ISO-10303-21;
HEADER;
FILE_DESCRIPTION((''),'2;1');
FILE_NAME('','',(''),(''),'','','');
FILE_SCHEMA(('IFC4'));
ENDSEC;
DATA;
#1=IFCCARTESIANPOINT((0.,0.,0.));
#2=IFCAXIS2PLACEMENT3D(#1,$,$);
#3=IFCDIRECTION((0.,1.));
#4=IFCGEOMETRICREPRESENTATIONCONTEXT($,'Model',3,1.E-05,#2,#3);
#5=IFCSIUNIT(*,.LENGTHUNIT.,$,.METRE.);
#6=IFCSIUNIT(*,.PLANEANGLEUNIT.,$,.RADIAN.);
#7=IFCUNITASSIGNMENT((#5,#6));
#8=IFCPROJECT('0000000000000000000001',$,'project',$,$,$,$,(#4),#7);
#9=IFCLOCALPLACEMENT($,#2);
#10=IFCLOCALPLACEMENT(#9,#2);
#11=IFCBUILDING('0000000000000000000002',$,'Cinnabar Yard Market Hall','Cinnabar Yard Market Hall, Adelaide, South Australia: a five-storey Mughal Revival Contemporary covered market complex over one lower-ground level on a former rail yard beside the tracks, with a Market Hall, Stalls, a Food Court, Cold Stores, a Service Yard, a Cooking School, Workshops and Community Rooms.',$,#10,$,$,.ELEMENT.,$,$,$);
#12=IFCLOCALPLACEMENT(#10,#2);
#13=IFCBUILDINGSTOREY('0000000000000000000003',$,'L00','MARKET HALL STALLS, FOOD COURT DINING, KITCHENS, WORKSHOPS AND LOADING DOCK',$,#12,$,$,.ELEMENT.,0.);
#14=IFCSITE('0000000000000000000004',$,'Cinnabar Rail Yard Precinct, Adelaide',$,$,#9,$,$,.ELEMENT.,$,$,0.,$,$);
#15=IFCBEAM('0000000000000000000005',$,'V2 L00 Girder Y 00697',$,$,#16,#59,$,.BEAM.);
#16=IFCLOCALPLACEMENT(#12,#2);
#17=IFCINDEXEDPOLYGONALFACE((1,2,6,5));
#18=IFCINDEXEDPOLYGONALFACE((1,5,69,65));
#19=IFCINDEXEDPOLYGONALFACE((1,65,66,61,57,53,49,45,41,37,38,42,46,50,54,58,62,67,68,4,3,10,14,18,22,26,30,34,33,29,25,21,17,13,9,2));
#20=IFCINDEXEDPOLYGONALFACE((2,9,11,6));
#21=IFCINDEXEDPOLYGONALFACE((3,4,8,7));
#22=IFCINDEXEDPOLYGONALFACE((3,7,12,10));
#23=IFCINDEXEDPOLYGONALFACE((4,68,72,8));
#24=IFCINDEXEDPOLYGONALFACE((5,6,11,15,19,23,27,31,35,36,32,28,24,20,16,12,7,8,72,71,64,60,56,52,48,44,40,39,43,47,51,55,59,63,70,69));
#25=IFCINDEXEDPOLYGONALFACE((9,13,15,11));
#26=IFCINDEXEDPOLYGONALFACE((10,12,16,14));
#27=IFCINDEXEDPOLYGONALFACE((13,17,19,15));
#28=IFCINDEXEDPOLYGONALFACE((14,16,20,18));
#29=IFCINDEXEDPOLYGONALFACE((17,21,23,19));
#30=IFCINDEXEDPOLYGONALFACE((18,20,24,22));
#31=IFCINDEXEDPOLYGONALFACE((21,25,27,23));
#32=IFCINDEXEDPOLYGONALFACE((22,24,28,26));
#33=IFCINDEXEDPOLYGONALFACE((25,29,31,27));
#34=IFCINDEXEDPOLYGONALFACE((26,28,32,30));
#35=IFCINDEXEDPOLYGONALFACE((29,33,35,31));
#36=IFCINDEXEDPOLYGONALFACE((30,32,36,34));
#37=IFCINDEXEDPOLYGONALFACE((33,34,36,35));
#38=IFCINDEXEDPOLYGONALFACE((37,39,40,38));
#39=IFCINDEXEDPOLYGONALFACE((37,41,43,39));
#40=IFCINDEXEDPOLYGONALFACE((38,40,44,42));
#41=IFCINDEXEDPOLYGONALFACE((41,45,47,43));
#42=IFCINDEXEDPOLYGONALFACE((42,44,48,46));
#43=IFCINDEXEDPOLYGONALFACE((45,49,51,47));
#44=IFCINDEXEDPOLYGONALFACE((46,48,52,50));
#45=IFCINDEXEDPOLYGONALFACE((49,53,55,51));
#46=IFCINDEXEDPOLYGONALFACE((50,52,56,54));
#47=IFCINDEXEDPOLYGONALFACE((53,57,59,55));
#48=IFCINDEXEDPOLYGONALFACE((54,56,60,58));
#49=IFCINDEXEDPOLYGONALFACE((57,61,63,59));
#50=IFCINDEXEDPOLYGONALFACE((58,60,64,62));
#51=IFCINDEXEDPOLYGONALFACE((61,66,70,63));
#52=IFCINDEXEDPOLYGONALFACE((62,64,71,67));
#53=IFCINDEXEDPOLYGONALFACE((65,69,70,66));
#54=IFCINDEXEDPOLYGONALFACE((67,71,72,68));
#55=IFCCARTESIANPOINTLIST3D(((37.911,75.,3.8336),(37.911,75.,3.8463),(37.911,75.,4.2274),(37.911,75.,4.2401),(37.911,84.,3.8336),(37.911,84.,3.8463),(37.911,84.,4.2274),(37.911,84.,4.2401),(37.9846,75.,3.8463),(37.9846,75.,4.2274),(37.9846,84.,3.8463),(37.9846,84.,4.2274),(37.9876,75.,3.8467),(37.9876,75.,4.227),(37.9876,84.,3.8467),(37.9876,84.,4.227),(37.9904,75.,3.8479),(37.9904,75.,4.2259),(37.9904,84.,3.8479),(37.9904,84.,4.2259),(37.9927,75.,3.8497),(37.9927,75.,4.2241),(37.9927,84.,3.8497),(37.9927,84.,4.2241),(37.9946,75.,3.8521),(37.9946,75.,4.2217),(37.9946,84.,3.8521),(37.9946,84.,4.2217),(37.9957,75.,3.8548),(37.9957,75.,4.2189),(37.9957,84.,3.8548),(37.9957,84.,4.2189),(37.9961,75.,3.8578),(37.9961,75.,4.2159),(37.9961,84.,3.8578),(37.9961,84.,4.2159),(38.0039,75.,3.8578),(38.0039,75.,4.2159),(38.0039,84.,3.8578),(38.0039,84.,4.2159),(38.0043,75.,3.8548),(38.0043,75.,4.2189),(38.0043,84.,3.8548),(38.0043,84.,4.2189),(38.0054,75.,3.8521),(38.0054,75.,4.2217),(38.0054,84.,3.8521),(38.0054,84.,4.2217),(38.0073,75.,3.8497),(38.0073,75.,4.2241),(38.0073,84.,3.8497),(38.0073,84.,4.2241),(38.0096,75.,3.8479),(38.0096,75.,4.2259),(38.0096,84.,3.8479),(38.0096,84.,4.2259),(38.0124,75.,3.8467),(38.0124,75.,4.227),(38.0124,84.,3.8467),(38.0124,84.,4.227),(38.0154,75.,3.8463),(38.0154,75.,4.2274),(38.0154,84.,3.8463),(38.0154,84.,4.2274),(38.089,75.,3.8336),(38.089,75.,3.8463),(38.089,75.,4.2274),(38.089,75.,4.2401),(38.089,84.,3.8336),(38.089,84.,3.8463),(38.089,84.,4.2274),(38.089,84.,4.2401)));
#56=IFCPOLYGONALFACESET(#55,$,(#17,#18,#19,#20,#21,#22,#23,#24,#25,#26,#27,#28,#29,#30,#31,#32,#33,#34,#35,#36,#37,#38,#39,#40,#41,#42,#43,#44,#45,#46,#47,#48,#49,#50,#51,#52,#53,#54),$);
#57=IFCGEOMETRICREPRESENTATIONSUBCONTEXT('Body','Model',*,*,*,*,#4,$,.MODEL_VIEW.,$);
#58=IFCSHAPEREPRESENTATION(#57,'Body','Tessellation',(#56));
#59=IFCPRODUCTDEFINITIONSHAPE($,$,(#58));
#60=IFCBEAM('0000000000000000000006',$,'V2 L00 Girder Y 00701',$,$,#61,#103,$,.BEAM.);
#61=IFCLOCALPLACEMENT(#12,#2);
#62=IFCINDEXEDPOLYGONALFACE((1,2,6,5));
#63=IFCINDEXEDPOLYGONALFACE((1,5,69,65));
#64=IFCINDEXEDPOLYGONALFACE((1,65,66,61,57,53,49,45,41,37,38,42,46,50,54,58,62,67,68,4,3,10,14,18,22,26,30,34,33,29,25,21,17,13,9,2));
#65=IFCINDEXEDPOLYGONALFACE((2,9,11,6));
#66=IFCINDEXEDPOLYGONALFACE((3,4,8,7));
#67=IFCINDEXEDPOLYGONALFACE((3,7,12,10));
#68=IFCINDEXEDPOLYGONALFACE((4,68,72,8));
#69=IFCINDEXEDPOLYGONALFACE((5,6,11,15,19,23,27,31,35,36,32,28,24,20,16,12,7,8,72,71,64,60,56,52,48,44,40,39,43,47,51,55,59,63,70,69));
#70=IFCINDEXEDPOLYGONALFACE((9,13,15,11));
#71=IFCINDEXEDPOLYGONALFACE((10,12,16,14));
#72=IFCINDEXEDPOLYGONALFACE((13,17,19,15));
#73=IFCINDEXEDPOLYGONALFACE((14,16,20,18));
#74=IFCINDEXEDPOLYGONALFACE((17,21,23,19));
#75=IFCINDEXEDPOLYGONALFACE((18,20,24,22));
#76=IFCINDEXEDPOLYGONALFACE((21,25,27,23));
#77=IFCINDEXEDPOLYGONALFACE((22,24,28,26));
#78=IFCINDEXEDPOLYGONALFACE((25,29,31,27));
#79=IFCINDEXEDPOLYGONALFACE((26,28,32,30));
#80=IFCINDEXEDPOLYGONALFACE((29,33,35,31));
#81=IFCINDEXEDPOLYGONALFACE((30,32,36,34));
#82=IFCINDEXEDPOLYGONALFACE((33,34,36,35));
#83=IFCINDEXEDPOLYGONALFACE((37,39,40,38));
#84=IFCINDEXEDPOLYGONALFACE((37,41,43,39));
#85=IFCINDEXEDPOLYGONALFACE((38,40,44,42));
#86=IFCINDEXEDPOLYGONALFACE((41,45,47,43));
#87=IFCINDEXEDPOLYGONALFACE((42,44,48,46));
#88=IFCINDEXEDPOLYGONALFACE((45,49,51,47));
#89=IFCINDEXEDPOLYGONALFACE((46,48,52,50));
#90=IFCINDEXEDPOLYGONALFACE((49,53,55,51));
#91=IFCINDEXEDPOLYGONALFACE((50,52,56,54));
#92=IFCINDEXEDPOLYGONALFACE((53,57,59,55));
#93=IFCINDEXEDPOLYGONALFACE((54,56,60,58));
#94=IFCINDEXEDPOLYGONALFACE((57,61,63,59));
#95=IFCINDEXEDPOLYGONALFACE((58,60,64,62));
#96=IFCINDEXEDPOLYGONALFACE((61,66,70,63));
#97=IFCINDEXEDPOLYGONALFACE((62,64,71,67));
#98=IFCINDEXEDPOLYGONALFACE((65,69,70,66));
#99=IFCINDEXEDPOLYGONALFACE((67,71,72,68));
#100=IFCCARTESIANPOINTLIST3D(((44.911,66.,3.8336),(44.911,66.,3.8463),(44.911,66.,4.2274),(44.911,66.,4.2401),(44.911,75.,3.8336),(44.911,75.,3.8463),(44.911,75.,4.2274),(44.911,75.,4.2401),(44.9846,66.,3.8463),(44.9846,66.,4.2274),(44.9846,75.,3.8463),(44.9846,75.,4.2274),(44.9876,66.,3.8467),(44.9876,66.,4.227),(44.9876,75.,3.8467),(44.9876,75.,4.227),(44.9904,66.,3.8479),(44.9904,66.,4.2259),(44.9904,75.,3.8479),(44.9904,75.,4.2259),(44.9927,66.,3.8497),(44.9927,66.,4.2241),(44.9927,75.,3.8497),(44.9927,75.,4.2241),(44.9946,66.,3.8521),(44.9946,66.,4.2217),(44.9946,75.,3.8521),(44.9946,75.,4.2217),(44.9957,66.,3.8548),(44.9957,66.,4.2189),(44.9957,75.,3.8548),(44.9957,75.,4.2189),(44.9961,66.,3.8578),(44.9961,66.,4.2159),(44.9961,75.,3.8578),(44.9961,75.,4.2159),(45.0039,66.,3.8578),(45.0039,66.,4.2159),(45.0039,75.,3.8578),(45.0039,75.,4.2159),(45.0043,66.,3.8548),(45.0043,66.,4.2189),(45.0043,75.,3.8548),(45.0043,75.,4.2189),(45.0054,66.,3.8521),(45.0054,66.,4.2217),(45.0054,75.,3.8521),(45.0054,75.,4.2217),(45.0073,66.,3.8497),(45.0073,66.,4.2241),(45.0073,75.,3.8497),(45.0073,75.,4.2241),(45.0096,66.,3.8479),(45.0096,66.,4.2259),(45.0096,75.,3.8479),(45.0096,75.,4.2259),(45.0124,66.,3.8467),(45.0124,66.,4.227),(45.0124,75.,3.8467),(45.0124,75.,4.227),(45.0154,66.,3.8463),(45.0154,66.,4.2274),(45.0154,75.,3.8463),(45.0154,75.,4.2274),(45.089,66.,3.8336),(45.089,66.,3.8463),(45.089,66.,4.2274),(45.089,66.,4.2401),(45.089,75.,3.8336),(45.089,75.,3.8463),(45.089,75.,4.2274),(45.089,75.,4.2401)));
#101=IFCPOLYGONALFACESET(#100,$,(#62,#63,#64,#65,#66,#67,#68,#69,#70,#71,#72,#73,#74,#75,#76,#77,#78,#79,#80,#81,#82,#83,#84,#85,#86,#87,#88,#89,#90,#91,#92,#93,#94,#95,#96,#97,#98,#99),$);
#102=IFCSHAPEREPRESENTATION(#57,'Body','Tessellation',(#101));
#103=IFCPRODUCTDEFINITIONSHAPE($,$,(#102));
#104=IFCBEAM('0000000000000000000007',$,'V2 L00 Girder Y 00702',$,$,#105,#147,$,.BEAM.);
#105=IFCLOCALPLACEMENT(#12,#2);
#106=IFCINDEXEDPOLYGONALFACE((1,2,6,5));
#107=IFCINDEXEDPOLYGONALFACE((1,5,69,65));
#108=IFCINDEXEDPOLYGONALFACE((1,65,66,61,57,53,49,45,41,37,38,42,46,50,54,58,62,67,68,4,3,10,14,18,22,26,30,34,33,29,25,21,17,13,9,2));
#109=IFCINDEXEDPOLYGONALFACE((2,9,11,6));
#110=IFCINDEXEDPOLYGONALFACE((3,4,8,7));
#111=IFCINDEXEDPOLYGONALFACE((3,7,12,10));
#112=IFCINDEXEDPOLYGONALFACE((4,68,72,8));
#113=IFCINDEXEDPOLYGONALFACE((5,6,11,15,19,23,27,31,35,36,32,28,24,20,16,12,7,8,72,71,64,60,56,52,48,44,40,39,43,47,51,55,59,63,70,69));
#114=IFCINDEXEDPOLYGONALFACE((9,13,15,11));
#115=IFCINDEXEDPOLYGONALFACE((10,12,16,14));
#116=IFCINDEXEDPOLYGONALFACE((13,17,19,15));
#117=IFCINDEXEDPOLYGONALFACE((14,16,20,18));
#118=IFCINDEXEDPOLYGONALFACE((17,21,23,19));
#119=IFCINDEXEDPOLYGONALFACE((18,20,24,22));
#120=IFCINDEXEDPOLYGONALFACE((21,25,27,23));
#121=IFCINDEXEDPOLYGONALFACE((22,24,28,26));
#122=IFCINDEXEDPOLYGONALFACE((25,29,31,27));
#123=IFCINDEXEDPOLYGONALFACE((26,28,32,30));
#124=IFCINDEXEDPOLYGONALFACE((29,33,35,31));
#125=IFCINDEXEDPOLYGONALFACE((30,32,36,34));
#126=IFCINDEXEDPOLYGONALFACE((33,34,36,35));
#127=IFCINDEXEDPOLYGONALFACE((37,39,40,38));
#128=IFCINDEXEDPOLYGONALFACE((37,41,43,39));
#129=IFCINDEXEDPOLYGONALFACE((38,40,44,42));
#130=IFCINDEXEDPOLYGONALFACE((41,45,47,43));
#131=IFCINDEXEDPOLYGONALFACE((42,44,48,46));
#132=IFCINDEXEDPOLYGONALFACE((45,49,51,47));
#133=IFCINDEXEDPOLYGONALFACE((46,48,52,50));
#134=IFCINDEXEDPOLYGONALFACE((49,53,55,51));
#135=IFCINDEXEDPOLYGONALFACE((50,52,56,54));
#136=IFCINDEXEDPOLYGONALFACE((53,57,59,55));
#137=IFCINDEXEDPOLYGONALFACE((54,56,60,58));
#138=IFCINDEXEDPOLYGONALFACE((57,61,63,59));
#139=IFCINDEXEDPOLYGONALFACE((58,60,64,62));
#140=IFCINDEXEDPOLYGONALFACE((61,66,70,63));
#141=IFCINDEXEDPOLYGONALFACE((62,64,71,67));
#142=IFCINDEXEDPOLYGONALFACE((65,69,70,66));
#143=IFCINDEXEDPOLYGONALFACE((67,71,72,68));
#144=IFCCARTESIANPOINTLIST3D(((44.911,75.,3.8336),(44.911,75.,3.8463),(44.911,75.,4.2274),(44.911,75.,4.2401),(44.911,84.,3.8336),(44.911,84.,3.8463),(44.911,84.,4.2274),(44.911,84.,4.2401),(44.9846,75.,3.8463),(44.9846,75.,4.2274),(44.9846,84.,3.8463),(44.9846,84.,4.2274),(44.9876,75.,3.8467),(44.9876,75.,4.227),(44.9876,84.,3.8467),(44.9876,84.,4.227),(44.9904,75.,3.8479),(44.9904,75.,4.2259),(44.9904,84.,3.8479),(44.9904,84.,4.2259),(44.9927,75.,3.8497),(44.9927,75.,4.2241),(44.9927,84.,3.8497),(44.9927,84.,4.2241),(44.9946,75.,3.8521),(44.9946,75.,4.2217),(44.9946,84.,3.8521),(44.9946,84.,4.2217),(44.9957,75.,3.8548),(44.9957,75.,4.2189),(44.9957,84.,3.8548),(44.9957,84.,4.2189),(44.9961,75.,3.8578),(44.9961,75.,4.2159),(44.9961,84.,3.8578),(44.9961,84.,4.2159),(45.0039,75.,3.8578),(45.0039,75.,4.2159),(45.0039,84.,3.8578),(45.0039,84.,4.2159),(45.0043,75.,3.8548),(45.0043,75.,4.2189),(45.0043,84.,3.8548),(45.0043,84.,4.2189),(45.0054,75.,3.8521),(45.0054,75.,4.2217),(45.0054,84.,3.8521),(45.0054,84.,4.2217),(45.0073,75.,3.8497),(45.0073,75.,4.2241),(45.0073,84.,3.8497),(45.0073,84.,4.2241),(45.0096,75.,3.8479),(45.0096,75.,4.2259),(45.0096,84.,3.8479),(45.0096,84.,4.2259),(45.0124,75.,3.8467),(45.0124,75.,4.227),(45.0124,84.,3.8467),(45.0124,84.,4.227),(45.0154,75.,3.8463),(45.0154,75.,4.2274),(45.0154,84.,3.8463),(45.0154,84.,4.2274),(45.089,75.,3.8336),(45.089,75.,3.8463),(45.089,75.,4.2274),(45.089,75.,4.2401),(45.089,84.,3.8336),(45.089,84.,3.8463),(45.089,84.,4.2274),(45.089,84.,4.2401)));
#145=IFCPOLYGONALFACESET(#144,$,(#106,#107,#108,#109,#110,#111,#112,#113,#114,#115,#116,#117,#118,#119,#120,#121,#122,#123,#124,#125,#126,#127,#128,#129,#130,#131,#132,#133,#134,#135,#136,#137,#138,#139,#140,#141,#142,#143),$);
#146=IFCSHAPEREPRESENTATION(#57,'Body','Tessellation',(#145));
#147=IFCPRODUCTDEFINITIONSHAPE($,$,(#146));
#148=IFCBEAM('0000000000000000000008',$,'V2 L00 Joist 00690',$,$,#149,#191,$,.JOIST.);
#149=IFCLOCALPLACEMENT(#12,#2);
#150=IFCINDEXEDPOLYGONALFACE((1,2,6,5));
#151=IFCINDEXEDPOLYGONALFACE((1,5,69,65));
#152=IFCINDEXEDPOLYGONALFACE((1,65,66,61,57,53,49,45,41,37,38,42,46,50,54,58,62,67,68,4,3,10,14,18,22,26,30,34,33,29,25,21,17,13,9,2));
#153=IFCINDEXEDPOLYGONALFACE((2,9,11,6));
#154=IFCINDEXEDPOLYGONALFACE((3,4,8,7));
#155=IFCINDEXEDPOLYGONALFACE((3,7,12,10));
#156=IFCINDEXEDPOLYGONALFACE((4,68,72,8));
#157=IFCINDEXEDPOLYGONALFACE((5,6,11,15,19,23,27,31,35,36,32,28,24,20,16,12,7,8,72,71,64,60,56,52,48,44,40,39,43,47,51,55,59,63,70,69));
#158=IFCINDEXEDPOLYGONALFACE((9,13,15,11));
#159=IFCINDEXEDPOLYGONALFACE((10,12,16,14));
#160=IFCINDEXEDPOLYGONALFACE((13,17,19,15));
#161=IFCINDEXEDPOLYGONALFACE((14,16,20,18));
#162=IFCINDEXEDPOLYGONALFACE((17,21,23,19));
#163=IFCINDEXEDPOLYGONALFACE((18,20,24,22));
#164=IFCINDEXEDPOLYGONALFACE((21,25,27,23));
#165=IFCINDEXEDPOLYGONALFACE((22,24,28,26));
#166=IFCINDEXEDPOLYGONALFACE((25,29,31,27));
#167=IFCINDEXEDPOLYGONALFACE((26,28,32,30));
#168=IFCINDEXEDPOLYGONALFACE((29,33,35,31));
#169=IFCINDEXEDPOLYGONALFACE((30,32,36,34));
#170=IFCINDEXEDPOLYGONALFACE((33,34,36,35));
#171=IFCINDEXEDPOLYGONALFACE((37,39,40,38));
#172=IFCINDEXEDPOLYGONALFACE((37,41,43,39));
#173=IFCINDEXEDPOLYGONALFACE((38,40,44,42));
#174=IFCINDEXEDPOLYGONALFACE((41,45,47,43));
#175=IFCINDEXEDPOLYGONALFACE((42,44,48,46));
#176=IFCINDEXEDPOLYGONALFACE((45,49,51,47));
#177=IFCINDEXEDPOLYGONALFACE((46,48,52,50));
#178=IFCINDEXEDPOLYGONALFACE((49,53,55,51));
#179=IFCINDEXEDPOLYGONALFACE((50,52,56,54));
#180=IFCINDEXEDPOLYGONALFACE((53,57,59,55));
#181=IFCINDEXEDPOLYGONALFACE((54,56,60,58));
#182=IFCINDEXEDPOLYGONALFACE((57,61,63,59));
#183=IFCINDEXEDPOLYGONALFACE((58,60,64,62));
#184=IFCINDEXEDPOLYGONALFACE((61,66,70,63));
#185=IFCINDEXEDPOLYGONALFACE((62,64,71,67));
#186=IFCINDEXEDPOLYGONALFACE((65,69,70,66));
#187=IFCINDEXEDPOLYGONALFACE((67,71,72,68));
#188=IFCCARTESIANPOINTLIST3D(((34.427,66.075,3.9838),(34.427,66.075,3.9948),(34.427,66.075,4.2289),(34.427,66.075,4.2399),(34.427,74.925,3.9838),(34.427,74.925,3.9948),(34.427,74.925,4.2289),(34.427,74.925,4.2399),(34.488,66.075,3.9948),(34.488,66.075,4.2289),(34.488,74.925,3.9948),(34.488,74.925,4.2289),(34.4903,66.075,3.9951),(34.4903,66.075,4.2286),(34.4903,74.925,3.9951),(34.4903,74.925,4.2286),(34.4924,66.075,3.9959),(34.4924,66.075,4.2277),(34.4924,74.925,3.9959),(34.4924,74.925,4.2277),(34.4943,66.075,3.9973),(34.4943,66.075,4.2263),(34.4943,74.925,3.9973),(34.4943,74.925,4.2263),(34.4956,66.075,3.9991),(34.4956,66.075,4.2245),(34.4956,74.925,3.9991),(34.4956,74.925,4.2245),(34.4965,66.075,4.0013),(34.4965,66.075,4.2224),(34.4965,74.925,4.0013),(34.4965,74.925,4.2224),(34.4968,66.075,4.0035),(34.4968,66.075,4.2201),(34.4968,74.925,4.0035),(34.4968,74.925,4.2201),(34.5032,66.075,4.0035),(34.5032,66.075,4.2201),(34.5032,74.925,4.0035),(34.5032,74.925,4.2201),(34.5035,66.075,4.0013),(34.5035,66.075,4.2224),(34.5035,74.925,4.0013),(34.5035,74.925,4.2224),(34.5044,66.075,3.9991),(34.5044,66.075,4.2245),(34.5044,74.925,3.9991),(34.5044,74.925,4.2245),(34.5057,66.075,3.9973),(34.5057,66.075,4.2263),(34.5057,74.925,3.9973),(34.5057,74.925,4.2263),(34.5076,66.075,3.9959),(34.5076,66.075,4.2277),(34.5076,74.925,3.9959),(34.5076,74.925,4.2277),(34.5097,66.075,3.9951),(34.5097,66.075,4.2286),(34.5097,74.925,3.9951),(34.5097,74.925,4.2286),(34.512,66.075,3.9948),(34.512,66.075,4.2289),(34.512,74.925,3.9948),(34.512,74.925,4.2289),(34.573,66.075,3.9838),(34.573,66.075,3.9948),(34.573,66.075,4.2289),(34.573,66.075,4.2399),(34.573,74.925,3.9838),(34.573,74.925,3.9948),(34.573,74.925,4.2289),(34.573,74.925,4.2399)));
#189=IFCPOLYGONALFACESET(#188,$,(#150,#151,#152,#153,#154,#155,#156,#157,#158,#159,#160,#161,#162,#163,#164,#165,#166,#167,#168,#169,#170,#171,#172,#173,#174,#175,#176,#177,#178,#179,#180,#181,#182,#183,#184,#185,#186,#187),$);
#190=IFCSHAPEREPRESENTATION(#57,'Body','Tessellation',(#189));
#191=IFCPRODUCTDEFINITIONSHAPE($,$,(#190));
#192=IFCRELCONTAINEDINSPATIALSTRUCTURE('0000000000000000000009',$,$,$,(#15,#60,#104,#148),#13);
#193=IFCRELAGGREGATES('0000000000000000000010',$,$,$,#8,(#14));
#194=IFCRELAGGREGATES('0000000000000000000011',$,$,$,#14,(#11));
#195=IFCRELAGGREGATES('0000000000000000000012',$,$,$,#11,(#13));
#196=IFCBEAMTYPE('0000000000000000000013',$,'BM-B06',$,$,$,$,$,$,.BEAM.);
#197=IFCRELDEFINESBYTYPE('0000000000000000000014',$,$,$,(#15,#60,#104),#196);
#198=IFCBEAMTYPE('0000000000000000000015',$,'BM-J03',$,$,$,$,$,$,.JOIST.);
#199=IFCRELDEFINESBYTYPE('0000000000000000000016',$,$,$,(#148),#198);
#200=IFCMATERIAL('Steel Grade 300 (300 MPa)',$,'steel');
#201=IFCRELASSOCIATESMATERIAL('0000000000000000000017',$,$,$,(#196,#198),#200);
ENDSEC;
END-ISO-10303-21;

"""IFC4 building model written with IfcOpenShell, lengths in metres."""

from ifc_helpers import new_model, si_unit, direction, frame, origin, origin_2d_with_axis, place, context, subcontext, project, spatial, i_section, extrude, material, material_profile, profile_set, type_object, element, save


model = new_model("IFC4")

# Units and contexts
model_context = context("Model", 3, precision=1e-05, world=origin(), true_north=direction((0.0, 1.0)))
body_context = subcontext(model_context, "Body", "Model", "MODEL_VIEW")
ifc_project = project(units=[si_unit("LENGTHUNIT", "METRE"), si_unit("PLANEANGLEUNIT", "RADIAN")], contexts=[model_context])

# Site, building, storey
site_placement = place(None, origin())
site = spatial("IfcSite", under=ifc_project, at=site_placement, Name="Cinnabar Rail Yard Precinct, Adelaide", CompositionType="ELEMENT", RefElevation=0.0)
building_placement = place(site_placement, origin())
building = spatial("IfcBuilding", under=site, at=building_placement, Name="Cinnabar Yard Market Hall", Description="Cinnabar Yard Market Hall, Adelaide, South Australia: a five-storey Mughal Revival Contemporary covered market complex over one lower-ground level on a former rail yard beside the tracks, with a Market Hall, Stalls, a Food Court, Cold Stores, a Service Yard, a Cooking School, Workshops and Community Rooms.", CompositionType="ELEMENT")
storey_placement = place(building_placement, origin())
storey = spatial("IfcBuildingStorey", under=building, at=storey_placement, Name="L00", Description="MARKET HALL STALLS, FOOD COURT DINING, KITCHENS, WORKSHOPS AND LOADING DOCK", CompositionType="ELEMENT", Elevation=0.0)

# Shared definitions
ifc_material_1 = material(Name="Steel Grade 300 (300 MPa)", Category="steel")

# Beams
ifc_material_profile_1 = material_profile(ifc_material_1, i_section(OverallWidth=0.178, OverallDepth=0.4065, WebThickness=0.0078, FlangeThickness=0.0127, FilletRadius=0.0115, at=origin_2d_with_axis()), Name="410UB59.7")
ifc_profile_set_1 = profile_set([ifc_material_profile_1], Name="Steel Grade 300 (300 MPa)")
beam_type_1 = type_object("IfcBeamType", Name="BM-B06", PredefinedType="BEAM", material=ifc_profile_set_1)
for number, where, z_axis, x_axis, name in (
    (1, (38.0, 75.0, 4.0369), (0.0, 1.0, 0.0), (-1.0, 0.0, 0.0), "V2 L00 Girder Y 00697"),
    (2, (45.0, 66.0, 4.0369), (0.0, 1.0, 0.0), (-1.0, 0.0, 0.0), "V2 L00 Girder Y 00701"),
    (3, (45.0, 75.0, 4.0369), (0.0, 1.0, 0.0), (-1.0, 0.0, 0.0), "V2 L00 Girder Y 00702"),
):
    element("IfcBeam", number, at=place(storey_placement, frame(where, z_axis=z_axis, x_axis=x_axis)), inside=storey, type_object=beam_type_1, Name=name, PredefinedType="BEAM", context=body_context, shape_type="SweptSolid", body=[
        extrude(i_section(OverallWidth=0.178, OverallDepth=0.4065, WebThickness=0.0078, FlangeThickness=0.0127, FilletRadius=0.0115, at=origin_2d_with_axis()), origin(), (0.0, 0.0, 1.0), 9.0),
    ])
ifc_material_profile_2 = material_profile(ifc_material_1, i_section(OverallWidth=0.146, OverallDepth=0.2561, WebThickness=0.0063, FlangeThickness=0.011, FilletRadius=0.0088, at=origin_2d_with_axis()), Name="250UB37.3")
ifc_profile_set_2 = profile_set([ifc_material_profile_2], Name="Steel Grade 300 (300 MPa)")
beam_type_2 = type_object("IfcBeamType", Name="BM-J03", PredefinedType="JOIST", material=ifc_profile_set_2)
for number, where, z_axis, x_axis, name in (
    (4, (34.5, 66.075, 4.1118), (0.0, 1.0, 0.0), (-1.0, 0.0, 0.0), "V2 L00 Joist 00690"),
):
    element("IfcBeam", number, at=place(storey_placement, frame(where, z_axis=z_axis, x_axis=x_axis)), inside=storey, type_object=beam_type_2, Name=name, PredefinedType="JOIST", context=body_context, shape_type="SweptSolid", body=[
        extrude(i_section(OverallWidth=0.146, OverallDepth=0.2561, WebThickness=0.0063, FlangeThickness=0.011, FilletRadius=0.0088, at=origin_2d_with_axis()), origin(), (0.0, 0.0, 1.0), 8.8501),
    ])

save(model, "model.ifc")
